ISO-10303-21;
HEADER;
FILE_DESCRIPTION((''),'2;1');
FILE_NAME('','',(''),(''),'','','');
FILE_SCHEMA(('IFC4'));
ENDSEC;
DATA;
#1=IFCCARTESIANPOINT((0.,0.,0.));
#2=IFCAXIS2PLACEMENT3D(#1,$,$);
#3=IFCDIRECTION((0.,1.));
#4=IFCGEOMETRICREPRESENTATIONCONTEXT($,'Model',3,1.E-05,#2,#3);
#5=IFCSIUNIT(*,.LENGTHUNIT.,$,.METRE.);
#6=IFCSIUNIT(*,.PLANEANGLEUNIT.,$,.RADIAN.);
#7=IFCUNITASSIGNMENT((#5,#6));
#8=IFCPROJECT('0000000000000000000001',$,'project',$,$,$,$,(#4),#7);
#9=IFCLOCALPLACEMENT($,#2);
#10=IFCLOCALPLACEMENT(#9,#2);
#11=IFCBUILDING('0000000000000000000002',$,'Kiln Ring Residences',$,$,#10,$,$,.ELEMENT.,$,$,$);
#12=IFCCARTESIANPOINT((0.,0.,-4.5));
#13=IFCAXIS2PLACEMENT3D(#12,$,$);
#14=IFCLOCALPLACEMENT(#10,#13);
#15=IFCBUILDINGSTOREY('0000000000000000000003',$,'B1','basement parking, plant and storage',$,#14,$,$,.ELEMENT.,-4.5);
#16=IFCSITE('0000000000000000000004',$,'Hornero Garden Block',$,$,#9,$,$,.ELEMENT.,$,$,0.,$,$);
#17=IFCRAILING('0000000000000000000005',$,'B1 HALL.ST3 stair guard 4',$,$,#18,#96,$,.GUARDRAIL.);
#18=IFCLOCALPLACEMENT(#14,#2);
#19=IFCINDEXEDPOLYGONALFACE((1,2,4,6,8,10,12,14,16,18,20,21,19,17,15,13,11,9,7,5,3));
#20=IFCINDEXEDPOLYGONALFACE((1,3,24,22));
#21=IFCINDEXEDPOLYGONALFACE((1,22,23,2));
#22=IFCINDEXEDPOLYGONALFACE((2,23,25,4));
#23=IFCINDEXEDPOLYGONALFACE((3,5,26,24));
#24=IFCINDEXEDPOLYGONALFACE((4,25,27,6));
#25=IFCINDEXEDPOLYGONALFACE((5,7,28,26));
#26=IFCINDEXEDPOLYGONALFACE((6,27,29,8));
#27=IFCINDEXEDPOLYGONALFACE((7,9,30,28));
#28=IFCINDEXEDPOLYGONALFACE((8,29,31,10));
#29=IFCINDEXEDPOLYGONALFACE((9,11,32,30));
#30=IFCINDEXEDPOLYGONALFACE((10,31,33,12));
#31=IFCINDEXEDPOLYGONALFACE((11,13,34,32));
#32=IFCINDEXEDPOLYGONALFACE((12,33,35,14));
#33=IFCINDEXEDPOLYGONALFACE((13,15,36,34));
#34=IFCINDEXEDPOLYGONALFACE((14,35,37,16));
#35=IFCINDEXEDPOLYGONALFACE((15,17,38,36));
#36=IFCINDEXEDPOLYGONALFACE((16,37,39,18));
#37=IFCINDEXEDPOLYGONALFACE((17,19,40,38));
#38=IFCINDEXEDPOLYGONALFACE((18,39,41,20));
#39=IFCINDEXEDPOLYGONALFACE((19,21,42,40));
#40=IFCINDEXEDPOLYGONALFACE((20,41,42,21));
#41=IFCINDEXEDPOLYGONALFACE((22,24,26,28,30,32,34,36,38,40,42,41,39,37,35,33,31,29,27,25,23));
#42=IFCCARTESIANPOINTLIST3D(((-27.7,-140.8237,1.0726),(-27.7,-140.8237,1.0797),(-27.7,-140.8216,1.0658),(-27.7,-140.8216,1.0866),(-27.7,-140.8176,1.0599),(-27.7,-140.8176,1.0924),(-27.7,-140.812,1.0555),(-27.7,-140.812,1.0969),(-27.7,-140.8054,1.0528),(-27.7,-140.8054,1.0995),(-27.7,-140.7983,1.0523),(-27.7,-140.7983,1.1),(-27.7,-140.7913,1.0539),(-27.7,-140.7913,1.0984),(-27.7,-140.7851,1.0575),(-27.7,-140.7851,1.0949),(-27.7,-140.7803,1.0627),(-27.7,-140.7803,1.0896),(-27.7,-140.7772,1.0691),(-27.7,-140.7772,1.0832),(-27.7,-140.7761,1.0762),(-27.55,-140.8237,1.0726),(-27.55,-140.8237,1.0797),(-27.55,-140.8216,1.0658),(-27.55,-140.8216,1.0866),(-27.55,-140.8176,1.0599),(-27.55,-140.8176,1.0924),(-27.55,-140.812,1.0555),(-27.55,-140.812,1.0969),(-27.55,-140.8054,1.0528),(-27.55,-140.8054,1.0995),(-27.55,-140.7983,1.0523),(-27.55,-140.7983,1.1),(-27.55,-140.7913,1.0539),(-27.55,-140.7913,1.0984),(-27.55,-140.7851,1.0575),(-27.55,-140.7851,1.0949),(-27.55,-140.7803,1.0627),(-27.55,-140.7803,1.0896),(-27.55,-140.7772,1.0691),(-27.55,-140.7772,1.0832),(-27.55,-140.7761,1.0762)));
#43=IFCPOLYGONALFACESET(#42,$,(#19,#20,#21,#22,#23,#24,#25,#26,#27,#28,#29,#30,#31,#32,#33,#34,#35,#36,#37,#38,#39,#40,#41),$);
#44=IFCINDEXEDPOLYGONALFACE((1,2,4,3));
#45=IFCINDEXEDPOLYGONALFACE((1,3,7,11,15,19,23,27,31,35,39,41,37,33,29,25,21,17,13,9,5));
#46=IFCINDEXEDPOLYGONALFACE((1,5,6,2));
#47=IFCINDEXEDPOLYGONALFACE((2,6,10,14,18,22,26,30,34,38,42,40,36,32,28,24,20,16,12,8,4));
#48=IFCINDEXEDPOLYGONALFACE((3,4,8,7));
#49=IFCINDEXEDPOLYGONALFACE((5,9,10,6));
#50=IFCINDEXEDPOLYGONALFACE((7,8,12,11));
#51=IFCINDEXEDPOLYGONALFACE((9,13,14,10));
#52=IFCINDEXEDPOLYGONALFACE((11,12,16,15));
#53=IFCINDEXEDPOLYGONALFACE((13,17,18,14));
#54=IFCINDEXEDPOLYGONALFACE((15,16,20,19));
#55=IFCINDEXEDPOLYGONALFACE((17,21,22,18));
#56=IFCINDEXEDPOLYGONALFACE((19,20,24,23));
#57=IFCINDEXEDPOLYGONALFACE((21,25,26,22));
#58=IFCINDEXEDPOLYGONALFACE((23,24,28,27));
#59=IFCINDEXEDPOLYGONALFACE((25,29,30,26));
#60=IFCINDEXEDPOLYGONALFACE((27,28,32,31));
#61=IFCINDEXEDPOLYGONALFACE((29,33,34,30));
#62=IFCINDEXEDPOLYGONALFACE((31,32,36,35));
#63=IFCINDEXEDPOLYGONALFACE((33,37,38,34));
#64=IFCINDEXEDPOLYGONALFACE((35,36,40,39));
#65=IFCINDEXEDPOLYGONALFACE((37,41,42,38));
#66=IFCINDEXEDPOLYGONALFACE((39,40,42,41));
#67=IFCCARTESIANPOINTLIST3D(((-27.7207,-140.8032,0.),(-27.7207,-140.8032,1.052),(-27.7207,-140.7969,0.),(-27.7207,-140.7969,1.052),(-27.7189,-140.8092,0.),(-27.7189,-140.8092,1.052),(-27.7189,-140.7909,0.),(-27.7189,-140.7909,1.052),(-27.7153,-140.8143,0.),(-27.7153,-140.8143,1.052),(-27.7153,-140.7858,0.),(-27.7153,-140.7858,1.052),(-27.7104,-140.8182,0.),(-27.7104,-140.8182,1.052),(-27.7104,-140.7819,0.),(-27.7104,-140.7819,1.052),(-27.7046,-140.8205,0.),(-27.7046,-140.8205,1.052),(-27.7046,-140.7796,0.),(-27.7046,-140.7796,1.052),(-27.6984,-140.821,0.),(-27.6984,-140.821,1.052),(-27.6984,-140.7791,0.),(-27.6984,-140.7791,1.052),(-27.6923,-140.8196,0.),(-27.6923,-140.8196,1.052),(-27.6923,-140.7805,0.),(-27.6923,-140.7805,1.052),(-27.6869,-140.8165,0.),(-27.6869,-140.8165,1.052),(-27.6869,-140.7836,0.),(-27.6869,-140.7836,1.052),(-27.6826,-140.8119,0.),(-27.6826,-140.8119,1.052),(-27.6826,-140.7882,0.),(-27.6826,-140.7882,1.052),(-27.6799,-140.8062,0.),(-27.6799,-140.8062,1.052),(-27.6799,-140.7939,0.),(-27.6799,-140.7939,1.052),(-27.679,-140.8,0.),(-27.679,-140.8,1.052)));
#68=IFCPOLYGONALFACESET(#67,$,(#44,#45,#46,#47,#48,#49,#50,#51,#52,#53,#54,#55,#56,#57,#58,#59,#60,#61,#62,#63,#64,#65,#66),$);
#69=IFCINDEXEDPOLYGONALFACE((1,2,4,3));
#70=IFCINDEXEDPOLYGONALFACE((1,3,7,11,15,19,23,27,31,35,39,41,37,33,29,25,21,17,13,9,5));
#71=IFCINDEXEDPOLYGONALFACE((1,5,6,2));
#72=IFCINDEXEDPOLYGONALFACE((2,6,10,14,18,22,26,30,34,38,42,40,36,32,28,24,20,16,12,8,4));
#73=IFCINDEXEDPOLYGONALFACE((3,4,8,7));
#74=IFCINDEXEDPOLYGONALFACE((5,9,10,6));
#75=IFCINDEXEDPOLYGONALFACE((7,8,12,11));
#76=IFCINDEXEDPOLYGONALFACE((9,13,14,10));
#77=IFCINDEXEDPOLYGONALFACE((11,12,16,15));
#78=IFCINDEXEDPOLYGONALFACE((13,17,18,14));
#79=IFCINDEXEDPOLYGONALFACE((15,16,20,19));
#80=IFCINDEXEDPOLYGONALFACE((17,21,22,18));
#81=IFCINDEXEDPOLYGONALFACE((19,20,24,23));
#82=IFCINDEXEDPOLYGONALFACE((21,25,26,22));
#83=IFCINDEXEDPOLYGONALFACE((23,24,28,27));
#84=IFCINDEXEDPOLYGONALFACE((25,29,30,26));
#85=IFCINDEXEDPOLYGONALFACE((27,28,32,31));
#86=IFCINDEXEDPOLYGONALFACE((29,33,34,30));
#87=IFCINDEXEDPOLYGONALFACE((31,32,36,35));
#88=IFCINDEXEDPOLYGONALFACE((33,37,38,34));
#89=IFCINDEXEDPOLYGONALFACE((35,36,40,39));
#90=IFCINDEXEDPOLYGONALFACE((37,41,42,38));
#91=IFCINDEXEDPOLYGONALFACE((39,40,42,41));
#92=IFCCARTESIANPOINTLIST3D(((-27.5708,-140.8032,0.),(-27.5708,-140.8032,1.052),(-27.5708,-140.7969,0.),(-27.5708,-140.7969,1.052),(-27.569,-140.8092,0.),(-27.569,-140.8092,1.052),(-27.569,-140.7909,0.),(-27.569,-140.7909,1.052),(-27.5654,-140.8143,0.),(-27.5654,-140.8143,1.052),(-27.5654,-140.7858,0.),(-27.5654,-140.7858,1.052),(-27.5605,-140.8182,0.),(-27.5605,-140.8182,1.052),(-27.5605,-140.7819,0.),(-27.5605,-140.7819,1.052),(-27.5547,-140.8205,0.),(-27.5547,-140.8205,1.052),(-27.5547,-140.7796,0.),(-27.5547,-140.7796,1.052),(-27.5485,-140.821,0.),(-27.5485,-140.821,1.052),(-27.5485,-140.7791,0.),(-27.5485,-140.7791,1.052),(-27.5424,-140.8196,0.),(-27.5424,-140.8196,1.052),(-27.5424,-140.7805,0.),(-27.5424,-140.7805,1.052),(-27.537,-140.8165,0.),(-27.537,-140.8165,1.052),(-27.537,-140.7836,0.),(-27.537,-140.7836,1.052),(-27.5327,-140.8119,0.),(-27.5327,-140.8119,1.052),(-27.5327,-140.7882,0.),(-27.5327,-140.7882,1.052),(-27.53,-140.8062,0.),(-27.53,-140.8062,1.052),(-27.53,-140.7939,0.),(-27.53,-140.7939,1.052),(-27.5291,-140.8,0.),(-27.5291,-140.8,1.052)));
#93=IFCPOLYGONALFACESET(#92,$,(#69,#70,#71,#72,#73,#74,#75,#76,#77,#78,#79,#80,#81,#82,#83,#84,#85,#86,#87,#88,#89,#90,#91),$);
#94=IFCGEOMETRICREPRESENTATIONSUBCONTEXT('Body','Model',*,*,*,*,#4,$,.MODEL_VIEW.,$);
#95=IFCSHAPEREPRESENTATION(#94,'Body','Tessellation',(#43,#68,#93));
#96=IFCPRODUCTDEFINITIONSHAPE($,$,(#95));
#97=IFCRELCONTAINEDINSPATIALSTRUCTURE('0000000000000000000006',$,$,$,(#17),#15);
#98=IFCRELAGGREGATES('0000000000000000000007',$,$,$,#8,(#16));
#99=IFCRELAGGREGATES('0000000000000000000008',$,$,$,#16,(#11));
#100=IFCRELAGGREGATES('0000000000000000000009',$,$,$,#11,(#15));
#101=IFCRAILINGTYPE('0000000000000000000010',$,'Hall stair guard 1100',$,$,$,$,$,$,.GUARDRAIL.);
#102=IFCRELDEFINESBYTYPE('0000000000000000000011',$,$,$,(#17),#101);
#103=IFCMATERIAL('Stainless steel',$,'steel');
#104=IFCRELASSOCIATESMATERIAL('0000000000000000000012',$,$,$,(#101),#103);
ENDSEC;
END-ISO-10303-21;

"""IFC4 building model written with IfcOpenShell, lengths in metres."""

from ifc_helpers import new_model, si_unit, direction, frame, origin, origin_2d, place, context, subcontext, project, spatial, circle, extrude, material, type_object, element, save


model = new_model("IFC4")

# Units and contexts
model_context = context("Model", 3, precision=1e-05, world=origin(), true_north=direction((0.0, 1.0)))
body_context = subcontext(model_context, "Body", "Model", "MODEL_VIEW")
ifc_project = project(units=[si_unit("LENGTHUNIT", "METRE"), si_unit("PLANEANGLEUNIT", "RADIAN")], contexts=[model_context])

# Site, building, storey
site_placement = place(None, origin())
site = spatial("IfcSite", under=ifc_project, at=site_placement, Name="Hornero Garden Block", CompositionType="ELEMENT", RefElevation=0.0)
building_placement = place(site_placement, origin())
building = spatial("IfcBuilding", under=site, at=building_placement, Name="Kiln Ring Residences", CompositionType="ELEMENT")
storey_placement = place(building_placement, frame((0.0, 0.0, -4.5)))
storey = spatial("IfcBuildingStorey", under=building, at=storey_placement, Name="B1", Description="basement parking, plant and storage", CompositionType="ELEMENT", Elevation=-4.5)

# Railing
ifc_material_1 = material(Name="Stainless steel", Category="steel")
railing_type_1 = type_object("IfcRailingType", Name="Hall stair guard 1100", PredefinedType="GUARDRAIL", material=ifc_material_1)
railing_1_placement = place(storey_placement, frame((-27.7, -140.8, 0.0)))
element("IfcRailing", 1, at=railing_1_placement, inside=storey, type_object=railing_type_1, Name="B1 HALL.ST3 stair guard 4", PredefinedType="GUARDRAIL", context=body_context, shape_type="SweptSolid", body=[
    extrude(circle(Radius=0.0239, at=origin_2d()), frame((0.0, 0.0, 1.0762), z_axis=(1.0, 0.0, 0.0), x_axis=(0.0, 1.0, 0.0)), (0.0, 0.0, 1.0), 0.1499),
    extrude(circle(Radius=0.021, at=origin_2d()), origin(), (0.0, 0.0, 1.0), 1.052),
    extrude(circle(Radius=0.021, at=origin_2d()), frame((0.1499, 0.0, 0.0)), (0.0, 0.0, 1.0), 1.052),
])

save(model, "model.ifc")
